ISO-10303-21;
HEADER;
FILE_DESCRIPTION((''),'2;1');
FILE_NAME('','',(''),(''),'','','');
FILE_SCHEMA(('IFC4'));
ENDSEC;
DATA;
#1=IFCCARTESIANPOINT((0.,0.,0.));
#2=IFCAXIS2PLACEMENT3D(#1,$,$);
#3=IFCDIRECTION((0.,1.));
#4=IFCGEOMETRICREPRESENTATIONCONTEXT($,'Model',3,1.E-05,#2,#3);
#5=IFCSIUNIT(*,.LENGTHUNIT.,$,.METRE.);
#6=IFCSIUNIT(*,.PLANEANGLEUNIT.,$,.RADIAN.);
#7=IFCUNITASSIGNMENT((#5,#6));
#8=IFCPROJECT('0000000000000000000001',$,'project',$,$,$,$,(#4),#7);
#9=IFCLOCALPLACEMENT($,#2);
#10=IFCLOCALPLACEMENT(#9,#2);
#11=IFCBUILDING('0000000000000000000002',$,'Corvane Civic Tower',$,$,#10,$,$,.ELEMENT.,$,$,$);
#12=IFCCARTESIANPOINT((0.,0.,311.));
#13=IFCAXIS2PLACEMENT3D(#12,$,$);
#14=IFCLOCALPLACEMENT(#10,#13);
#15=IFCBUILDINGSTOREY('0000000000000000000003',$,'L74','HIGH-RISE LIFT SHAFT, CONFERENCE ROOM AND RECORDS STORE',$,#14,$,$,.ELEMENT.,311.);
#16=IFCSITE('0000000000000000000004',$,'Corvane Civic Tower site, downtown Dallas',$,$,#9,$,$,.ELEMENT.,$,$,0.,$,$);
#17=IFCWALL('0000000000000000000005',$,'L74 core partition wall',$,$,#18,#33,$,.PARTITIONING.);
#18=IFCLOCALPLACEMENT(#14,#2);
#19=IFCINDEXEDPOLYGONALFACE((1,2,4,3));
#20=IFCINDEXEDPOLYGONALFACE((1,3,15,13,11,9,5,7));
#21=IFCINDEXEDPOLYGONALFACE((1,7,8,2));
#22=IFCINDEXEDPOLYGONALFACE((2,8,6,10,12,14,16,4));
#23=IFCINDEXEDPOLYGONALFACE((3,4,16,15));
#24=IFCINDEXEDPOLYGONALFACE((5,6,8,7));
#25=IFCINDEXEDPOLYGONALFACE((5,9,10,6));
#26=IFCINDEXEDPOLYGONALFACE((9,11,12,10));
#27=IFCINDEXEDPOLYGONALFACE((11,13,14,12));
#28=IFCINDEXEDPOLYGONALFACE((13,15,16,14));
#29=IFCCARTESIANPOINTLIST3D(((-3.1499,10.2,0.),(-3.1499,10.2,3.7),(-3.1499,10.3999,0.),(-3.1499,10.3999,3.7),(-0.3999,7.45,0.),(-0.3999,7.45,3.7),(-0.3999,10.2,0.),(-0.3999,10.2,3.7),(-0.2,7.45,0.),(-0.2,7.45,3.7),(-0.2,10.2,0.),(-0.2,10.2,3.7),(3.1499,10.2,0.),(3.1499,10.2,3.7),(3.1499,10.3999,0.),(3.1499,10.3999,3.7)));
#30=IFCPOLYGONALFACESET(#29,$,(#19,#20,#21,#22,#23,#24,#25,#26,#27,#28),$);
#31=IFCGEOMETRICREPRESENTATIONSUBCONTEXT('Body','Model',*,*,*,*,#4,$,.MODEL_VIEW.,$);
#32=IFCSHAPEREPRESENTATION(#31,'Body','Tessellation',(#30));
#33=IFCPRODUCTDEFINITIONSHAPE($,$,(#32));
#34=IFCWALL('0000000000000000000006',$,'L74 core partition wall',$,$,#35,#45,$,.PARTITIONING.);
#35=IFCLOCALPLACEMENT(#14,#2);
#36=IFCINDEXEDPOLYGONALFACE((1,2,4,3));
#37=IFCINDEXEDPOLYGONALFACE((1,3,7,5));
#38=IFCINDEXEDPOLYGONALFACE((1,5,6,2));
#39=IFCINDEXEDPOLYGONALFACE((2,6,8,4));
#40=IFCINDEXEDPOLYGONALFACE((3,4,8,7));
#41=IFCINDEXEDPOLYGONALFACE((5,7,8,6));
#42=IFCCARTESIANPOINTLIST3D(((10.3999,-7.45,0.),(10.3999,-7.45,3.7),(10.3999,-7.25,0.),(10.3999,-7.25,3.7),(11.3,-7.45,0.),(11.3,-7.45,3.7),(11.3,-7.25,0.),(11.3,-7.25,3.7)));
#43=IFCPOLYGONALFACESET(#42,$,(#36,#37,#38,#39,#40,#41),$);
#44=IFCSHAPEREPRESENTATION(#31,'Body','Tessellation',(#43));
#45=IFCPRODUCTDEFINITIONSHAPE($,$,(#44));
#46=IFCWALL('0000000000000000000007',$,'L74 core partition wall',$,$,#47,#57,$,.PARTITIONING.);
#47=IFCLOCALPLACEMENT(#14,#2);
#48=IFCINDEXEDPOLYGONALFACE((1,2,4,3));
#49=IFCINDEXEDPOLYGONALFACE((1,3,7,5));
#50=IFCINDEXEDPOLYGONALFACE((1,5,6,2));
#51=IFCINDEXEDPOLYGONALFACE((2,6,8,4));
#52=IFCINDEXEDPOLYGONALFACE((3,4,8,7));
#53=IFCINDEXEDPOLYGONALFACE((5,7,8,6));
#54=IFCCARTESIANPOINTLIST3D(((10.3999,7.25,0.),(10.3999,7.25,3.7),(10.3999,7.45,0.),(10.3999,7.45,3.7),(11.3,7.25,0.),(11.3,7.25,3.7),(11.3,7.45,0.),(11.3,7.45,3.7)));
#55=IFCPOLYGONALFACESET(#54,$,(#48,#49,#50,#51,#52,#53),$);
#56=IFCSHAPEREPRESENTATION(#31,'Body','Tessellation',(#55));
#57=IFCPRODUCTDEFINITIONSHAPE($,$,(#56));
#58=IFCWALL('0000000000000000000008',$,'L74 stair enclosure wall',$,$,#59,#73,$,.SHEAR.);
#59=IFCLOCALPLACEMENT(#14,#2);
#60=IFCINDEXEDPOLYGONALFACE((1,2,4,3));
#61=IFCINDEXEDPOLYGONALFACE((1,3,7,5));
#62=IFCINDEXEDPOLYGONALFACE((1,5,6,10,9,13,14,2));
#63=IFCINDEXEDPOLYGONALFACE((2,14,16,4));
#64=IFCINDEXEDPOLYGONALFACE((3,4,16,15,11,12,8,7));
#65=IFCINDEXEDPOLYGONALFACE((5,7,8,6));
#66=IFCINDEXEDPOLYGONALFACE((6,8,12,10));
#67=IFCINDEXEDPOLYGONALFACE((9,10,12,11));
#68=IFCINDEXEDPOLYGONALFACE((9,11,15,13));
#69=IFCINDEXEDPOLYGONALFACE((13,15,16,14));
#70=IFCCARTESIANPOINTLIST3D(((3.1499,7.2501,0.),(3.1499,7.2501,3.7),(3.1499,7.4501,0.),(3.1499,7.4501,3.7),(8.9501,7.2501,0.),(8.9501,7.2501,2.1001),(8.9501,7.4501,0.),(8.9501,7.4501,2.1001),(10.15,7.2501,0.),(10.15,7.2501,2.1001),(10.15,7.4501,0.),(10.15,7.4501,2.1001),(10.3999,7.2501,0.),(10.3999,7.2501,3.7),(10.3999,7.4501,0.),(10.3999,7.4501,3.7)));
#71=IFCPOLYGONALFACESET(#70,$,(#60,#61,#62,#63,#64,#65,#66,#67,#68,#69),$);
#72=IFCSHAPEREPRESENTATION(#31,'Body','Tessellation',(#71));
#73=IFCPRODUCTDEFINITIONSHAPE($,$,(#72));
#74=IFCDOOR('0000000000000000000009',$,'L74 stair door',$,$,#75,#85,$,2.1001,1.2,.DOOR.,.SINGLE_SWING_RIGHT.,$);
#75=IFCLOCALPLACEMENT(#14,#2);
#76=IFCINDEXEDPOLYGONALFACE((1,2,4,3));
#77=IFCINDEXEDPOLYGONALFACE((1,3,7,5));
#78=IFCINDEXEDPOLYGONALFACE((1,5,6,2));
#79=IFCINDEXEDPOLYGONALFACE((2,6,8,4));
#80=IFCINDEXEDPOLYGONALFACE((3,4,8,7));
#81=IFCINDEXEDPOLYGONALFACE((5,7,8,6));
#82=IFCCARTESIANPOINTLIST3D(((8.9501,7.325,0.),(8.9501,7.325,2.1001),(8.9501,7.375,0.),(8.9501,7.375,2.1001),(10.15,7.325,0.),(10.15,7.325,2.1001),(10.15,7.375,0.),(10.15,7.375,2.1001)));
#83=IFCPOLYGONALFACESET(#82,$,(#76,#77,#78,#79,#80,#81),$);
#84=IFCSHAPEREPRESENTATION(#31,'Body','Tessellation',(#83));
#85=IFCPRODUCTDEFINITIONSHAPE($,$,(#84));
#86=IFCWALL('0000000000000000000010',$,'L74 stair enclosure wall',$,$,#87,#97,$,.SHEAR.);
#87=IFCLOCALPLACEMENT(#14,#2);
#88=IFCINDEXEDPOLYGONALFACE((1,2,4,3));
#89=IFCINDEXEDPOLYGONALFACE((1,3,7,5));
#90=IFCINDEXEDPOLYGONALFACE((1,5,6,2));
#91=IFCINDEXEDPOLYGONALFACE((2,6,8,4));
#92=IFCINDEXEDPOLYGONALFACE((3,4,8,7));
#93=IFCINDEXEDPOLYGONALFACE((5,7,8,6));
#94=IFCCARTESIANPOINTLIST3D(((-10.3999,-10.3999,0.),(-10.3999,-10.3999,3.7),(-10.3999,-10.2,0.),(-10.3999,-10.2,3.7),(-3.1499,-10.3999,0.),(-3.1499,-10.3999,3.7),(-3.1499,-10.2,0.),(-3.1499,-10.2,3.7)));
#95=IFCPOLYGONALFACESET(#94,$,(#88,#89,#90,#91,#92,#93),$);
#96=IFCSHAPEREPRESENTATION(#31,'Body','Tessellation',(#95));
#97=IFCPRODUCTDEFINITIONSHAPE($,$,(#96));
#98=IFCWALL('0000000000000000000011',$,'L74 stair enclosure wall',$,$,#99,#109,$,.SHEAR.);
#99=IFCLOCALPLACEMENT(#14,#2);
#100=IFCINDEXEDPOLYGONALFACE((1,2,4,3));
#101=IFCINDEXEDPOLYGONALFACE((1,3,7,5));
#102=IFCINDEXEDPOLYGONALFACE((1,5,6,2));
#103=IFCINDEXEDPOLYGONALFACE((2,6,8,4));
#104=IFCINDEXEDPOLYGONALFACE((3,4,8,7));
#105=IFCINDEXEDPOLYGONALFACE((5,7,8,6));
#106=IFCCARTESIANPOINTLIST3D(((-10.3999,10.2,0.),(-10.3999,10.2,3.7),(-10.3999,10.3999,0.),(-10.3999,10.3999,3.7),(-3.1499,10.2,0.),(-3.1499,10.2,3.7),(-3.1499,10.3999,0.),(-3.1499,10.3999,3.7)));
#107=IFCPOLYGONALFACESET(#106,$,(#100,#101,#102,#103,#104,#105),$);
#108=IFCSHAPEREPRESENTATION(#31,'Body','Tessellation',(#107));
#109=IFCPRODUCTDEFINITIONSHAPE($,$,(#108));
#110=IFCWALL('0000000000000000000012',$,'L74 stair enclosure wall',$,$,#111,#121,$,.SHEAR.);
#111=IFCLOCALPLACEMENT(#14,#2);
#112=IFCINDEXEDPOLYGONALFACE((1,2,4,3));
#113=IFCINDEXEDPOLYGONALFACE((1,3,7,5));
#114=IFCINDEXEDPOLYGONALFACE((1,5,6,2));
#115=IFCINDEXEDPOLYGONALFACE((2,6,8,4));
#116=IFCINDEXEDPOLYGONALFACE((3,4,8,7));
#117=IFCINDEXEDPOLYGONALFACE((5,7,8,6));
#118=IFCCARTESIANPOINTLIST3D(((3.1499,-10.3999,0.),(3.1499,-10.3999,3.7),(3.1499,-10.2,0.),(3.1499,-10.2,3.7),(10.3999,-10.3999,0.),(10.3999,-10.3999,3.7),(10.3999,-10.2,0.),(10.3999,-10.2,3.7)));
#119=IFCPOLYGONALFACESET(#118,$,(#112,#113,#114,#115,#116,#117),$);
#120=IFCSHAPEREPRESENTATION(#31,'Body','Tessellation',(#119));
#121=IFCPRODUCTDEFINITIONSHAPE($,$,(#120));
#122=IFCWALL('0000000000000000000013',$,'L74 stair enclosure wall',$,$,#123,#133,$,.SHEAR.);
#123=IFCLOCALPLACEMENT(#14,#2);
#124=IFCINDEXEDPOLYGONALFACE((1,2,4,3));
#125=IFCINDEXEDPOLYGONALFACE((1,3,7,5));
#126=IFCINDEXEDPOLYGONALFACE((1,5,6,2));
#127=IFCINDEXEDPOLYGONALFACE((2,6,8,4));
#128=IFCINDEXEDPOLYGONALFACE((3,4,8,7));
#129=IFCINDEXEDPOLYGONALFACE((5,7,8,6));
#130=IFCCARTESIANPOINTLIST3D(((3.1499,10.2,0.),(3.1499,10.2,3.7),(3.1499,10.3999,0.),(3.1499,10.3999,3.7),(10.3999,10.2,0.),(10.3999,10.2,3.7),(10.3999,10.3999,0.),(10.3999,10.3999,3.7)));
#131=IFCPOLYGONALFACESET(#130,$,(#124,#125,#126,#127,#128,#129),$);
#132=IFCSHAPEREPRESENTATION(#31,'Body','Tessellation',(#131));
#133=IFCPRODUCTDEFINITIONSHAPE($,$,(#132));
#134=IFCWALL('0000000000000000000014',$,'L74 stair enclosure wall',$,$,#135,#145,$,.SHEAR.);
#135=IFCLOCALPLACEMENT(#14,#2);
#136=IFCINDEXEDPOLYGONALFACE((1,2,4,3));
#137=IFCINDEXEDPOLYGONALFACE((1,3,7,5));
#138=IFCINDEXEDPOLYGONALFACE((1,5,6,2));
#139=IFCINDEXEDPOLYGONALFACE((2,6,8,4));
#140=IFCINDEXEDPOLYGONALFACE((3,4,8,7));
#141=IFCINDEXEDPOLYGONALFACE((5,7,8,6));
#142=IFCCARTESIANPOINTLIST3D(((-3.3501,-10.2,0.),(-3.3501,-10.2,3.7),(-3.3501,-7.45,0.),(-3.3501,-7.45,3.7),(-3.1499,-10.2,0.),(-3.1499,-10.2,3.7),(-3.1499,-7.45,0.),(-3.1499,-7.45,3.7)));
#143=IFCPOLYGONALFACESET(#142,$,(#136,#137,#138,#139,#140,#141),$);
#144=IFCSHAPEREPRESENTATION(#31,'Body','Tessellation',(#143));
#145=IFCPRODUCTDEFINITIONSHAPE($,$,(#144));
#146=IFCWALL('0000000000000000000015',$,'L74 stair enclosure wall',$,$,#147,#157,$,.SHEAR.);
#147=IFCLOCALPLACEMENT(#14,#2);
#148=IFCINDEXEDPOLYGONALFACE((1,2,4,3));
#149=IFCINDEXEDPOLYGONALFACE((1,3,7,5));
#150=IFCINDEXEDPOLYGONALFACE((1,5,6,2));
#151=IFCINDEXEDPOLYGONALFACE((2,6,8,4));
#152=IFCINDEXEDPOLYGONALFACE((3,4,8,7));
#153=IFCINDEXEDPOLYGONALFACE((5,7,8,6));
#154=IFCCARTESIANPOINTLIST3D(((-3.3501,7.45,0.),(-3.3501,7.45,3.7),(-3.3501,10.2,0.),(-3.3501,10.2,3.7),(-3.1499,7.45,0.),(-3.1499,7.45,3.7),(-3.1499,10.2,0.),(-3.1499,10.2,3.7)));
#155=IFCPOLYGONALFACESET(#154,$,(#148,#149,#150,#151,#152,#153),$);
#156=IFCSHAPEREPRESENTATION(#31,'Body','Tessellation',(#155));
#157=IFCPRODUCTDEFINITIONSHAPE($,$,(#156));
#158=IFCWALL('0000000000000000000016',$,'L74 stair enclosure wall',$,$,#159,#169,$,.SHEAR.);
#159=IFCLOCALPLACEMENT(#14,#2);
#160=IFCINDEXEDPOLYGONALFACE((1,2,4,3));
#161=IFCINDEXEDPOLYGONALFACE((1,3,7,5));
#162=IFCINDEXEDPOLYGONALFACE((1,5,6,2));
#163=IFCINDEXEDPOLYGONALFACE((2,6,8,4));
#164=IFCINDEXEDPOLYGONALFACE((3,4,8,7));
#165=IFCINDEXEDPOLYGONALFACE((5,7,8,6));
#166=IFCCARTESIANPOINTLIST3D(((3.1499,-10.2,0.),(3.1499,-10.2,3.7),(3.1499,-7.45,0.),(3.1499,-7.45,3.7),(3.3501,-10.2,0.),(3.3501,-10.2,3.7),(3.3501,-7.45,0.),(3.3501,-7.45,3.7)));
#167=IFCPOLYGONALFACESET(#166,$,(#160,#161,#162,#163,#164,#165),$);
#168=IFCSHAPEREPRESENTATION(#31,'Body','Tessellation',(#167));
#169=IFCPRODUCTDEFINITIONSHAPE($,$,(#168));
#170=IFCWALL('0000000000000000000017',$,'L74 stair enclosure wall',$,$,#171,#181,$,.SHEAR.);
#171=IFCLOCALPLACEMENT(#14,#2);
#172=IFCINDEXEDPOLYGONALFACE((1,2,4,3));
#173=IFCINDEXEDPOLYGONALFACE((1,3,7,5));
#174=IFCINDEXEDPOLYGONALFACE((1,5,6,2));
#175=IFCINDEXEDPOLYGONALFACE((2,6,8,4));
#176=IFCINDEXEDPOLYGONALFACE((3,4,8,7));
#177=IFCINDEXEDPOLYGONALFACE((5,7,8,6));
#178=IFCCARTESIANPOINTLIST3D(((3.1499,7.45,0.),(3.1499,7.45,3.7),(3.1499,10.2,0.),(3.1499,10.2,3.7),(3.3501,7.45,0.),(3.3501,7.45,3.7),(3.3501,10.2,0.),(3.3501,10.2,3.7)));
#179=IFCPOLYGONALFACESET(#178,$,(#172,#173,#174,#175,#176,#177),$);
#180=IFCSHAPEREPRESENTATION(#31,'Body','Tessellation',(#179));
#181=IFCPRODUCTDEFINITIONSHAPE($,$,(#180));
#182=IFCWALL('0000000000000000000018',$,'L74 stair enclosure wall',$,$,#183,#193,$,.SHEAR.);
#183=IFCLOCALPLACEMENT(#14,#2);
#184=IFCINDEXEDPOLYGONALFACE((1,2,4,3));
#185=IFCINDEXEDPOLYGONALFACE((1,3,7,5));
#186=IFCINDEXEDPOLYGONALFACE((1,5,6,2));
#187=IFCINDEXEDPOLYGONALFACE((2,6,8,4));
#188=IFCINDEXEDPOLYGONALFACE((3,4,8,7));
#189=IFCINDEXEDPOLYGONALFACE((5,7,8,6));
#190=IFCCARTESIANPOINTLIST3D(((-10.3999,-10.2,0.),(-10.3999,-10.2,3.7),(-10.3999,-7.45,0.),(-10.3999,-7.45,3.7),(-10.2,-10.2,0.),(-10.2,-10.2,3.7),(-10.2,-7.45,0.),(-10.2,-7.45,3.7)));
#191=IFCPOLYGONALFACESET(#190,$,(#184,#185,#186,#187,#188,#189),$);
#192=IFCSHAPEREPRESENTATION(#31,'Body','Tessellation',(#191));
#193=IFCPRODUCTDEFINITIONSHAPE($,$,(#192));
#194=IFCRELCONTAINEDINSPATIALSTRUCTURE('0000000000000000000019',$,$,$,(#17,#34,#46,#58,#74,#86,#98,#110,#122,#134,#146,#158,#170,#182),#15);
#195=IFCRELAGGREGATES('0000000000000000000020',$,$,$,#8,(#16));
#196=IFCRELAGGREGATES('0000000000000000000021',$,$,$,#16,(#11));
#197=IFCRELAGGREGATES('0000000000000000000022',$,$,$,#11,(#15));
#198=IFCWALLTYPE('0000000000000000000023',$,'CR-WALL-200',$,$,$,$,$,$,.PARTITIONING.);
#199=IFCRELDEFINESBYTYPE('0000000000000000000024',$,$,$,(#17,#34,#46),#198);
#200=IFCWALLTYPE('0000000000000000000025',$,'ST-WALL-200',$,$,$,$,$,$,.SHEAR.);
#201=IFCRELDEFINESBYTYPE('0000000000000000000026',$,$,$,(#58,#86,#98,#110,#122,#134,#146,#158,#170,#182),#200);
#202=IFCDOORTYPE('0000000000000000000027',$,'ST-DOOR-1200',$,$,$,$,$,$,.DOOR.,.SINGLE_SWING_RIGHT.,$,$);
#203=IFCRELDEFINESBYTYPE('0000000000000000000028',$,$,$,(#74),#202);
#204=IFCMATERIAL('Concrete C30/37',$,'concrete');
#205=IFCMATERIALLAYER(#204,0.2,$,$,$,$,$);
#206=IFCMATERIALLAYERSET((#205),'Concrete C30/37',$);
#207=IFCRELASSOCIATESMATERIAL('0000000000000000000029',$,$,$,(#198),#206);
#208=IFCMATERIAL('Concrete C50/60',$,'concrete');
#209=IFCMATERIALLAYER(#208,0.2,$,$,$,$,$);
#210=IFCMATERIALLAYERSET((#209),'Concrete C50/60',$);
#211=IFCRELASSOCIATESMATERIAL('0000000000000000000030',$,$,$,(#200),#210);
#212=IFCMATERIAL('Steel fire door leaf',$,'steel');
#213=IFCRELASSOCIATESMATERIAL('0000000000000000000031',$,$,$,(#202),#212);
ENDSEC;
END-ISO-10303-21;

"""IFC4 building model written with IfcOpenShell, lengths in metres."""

from ifc_helpers import new_model, si_unit, direction, frame, frame_2d, origin, place, context, subcontext, project, spatial, polyline, rectangle, outline, extrude, material, layer, layer_set, type_object, element, fill, save


model = new_model("IFC4")

# Units and contexts
model_context = context("Model", 3, precision=1e-05, world=origin(), true_north=direction((0.0, 1.0)))
body_context = subcontext(model_context, "Body", "Model", "MODEL_VIEW")
ifc_project = project(units=[si_unit("LENGTHUNIT", "METRE"), si_unit("PLANEANGLEUNIT", "RADIAN")], contexts=[model_context])

# Site, building, storey
site_placement = place(None, origin())
site = spatial("IfcSite", under=ifc_project, at=site_placement, Name="Corvane Civic Tower site, downtown Dallas", CompositionType="ELEMENT", RefElevation=0.0)
building_placement = place(site_placement, origin())
building = spatial("IfcBuilding", under=site, at=building_placement, Name="Corvane Civic Tower", CompositionType="ELEMENT")
storey_placement = place(building_placement, frame((0.0, 0.0, 311.0)))
storey = spatial("IfcBuildingStorey", under=building, at=storey_placement, Name="L74", Description="HIGH-RISE LIFT SHAFT, CONFERENCE ROOM AND RECORDS STORE", CompositionType="ELEMENT", Elevation=311.0)

# Walls
ifc_material_1 = material(Name="Concrete C30/37", Category="concrete")
ifc_layer_1 = layer(ifc_material_1, 0.2)
ifc_layer_set_1 = layer_set([ifc_layer_1], Name="Concrete C30/37")
wall_type_1 = type_object("IfcWallType", Name="CR-WALL-200", PredefinedType="PARTITIONING", material=ifc_layer_set_1)
wall_1_placement = place(storey_placement, origin())
element("IfcWall", 1, at=wall_1_placement, inside=storey, type_object=wall_type_1, Name="L74 core partition wall", PredefinedType="PARTITIONING", context=body_context, shape_type="SweptSolid", body=[
    extrude(outline(polyline([(3.1499, 10.3999), (3.1499, 10.2), (-0.2, 10.2), (-0.2, 7.45), (-0.3999, 7.45), (-0.3999, 10.2), (-3.1499, 10.2), (-3.1499, 10.3999), (3.1499, 10.3999)])), origin(), (0.0, 0.0, 1.0), 3.7),
])
wall_2_placement = place(storey_placement, origin())
element("IfcWall", 2, at=wall_2_placement, inside=storey, type_object=wall_type_1, Name="L74 core partition wall", PredefinedType="PARTITIONING", context=body_context, shape_type="SweptSolid", body=[
    extrude(outline(polyline([(11.3, -7.45), (10.3999, -7.45), (10.3999, -7.25), (11.3, -7.25), (11.3, -7.45)])), origin(), (0.0, 0.0, 1.0), 3.7),
])
wall_3_placement = place(storey_placement, origin())
element("IfcWall", 3, at=wall_3_placement, inside=storey, type_object=wall_type_1, Name="L74 core partition wall", PredefinedType="PARTITIONING", context=body_context, shape_type="SweptSolid", body=[
    extrude(outline(polyline([(10.3999, 7.25), (10.3999, 7.45), (11.3, 7.45), (11.3, 7.25), (10.3999, 7.25)])), origin(), (0.0, 0.0, 1.0), 3.7),
])

# Wall, opening, door
ifc_material_2 = material(Name="Concrete C50/60", Category="concrete")
ifc_layer_2 = layer(ifc_material_2, 0.2)
ifc_layer_set_2 = layer_set([ifc_layer_2], Name="Concrete C50/60")
wall_type_2 = type_object("IfcWallType", Name="ST-WALL-200", PredefinedType="SHEAR", material=ifc_layer_set_2)
wall_4_placement = place(storey_placement, frame((3.1499, 7.3501, 0.0), z_axis=(0.0, 0.0, 1.0), x_axis=(1.0, 0.0, 0.0)))
wall_4 = element("IfcWall", 4, at=wall_4_placement, inside=storey, type_object=wall_type_2, Name="L74 stair enclosure wall", PredefinedType="SHEAR", context=body_context, shape_type="SweptSolid", body=[
    extrude(rectangle(XDim=7.25, YDim=0.2, at=frame_2d((3.625, 0.0))), origin(), (0.0, 0.0, 1.0), 3.7),
])
opening_placement = place(wall_4_placement, frame((5.8, 0.0, 0.0)))
opening = element("IfcOpeningElement", 5, at=opening_placement, cuts=wall_4, PredefinedType="OPENING", context=body_context, shape_type="SweptSolid", body=[
    extrude(rectangle(XDim=1.2, YDim=2.1001, at=frame_2d((0.6001, 1.05))), frame((0.0, 0.1099, 0.0), z_axis=(0.0, -1.0, 0.0), x_axis=(1.0, 0.0, 0.0)), (0.0, 0.0, 1.0), 0.22),
])
ifc_material_3 = material(Name="Steel fire door leaf", Category="steel")
door_type = type_object("IfcDoorType", Name="ST-DOOR-1200", OperationType="SINGLE_SWING_RIGHT", PredefinedType="DOOR", material=ifc_material_3)
door_placement = place(opening_placement, origin())
door = element("IfcDoor", 6, at=door_placement, inside=storey, type_object=door_type, Name="L74 stair door", OperationType="SINGLE_SWING_RIGHT", OverallHeight=2.1001, OverallWidth=1.2, PredefinedType="DOOR", context=body_context, shape_type="SweptSolid", body=[
    extrude(rectangle(XDim=1.2, YDim=2.1001, at=frame_2d((0.6001, 1.05))), frame((0.0, 0.0249, 0.0), z_axis=(0.0, -1.0, 0.0), x_axis=(1.0, 0.0, 0.0)), (0.0, 0.0, 1.0), 0.05),
])
fill(opening, door)

# Walls
wall_5_placement = place(storey_placement, origin())
element("IfcWall", 7, at=wall_5_placement, inside=storey, type_object=wall_type_2, Name="L74 stair enclosure wall", PredefinedType="SHEAR", context=body_context, shape_type="SweptSolid", body=[
    extrude(outline(polyline([(-3.1499, -10.2), (-3.1499, -10.3999), (-10.3999, -10.3999), (-10.3999, -10.2), (-3.1499, -10.2)])), origin(), (0.0, 0.0, 1.0), 3.7),
])
wall_6_placement = place(storey_placement, origin())
element("IfcWall", 8, at=wall_6_placement, inside=storey, type_object=wall_type_2, Name="L74 stair enclosure wall", PredefinedType="SHEAR", context=body_context, shape_type="SweptSolid", body=[
    extrude(outline(polyline([(-3.1499, 10.2), (-10.3999, 10.2), (-10.3999, 10.3999), (-3.1499, 10.3999), (-3.1499, 10.2)])), origin(), (0.0, 0.0, 1.0), 3.7),
])
wall_7_placement = place(storey_placement, origin())
element("IfcWall", 9, at=wall_7_placement, inside=storey, type_object=wall_type_2, Name="L74 stair enclosure wall", PredefinedType="SHEAR", context=body_context, shape_type="SweptSolid", body=[
    extrude(outline(polyline([(10.3999, -10.3999), (3.1499, -10.3999), (3.1499, -10.2), (10.3999, -10.2), (10.3999, -10.3999)])), origin(), (0.0, 0.0, 1.0), 3.7),
])
wall_8_placement = place(storey_placement, origin())
element("IfcWall", 10, at=wall_8_placement, inside=storey, type_object=wall_type_2, Name="L74 stair enclosure wall", PredefinedType="SHEAR", context=body_context, shape_type="SweptSolid", body=[
    extrude(outline(polyline([(10.3999, 10.2), (3.1499, 10.2), (3.1499, 10.3999), (10.3999, 10.3999), (10.3999, 10.2)])), origin(), (0.0, 0.0, 1.0), 3.7),
])
wall_9_placement = place(storey_placement, origin())
element("IfcWall", 11, at=wall_9_placement, inside=storey, type_object=wall_type_2, Name="L74 stair enclosure wall", PredefinedType="SHEAR", context=body_context, shape_type="SweptSolid", body=[
    extrude(outline(polyline([(-3.1499, -7.45), (-3.1499, -10.2), (-3.3501, -10.2), (-3.3501, -7.45), (-3.1499, -7.45)])), origin(), (0.0, 0.0, 1.0), 3.7),
])
wall_10_placement = place(storey_placement, origin())
element("IfcWall", 12, at=wall_10_placement, inside=storey, type_object=wall_type_2, Name="L74 stair enclosure wall", PredefinedType="SHEAR", context=body_context, shape_type="SweptSolid", body=[
    extrude(outline(polyline([(-3.1499, 7.45), (-3.3501, 7.45), (-3.3501, 10.2), (-3.1499, 10.2), (-3.1499, 7.45)])), origin(), (0.0, 0.0, 1.0), 3.7),
])
wall_11_placement = place(storey_placement, origin())
element("IfcWall", 13, at=wall_11_placement, inside=storey, type_object=wall_type_2, Name="L74 stair enclosure wall", PredefinedType="SHEAR", context=body_context, shape_type="SweptSolid", body=[
    extrude(outline(polyline([(3.3501, -7.45), (3.3501, -10.2), (3.1499, -10.2), (3.1499, -7.45), (3.3501, -7.45)])), origin(), (0.0, 0.0, 1.0), 3.7),
])
wall_12_placement = place(storey_placement, origin())
element("IfcWall", 14, at=wall_12_placement, inside=storey, type_object=wall_type_2, Name="L74 stair enclosure wall", PredefinedType="SHEAR", context=body_context, shape_type="SweptSolid", body=[
    extrude(outline(polyline([(3.3501, 7.45), (3.1499, 7.45), (3.1499, 10.2), (3.3501, 10.2), (3.3501, 7.45)])), origin(), (0.0, 0.0, 1.0), 3.7),
])
wall_13_placement = place(storey_placement, origin())
element("IfcWall", 15, at=wall_13_placement, inside=storey, type_object=wall_type_2, Name="L74 stair enclosure wall", PredefinedType="SHEAR", context=body_context, shape_type="SweptSolid", body=[
    extrude(outline(polyline([(-10.2, -7.45), (-10.2, -10.2), (-10.3999, -10.2), (-10.3999, -7.45), (-10.2, -7.45)])), origin(), (0.0, 0.0, 1.0), 3.7),
])

save(model, "model.ifc")
